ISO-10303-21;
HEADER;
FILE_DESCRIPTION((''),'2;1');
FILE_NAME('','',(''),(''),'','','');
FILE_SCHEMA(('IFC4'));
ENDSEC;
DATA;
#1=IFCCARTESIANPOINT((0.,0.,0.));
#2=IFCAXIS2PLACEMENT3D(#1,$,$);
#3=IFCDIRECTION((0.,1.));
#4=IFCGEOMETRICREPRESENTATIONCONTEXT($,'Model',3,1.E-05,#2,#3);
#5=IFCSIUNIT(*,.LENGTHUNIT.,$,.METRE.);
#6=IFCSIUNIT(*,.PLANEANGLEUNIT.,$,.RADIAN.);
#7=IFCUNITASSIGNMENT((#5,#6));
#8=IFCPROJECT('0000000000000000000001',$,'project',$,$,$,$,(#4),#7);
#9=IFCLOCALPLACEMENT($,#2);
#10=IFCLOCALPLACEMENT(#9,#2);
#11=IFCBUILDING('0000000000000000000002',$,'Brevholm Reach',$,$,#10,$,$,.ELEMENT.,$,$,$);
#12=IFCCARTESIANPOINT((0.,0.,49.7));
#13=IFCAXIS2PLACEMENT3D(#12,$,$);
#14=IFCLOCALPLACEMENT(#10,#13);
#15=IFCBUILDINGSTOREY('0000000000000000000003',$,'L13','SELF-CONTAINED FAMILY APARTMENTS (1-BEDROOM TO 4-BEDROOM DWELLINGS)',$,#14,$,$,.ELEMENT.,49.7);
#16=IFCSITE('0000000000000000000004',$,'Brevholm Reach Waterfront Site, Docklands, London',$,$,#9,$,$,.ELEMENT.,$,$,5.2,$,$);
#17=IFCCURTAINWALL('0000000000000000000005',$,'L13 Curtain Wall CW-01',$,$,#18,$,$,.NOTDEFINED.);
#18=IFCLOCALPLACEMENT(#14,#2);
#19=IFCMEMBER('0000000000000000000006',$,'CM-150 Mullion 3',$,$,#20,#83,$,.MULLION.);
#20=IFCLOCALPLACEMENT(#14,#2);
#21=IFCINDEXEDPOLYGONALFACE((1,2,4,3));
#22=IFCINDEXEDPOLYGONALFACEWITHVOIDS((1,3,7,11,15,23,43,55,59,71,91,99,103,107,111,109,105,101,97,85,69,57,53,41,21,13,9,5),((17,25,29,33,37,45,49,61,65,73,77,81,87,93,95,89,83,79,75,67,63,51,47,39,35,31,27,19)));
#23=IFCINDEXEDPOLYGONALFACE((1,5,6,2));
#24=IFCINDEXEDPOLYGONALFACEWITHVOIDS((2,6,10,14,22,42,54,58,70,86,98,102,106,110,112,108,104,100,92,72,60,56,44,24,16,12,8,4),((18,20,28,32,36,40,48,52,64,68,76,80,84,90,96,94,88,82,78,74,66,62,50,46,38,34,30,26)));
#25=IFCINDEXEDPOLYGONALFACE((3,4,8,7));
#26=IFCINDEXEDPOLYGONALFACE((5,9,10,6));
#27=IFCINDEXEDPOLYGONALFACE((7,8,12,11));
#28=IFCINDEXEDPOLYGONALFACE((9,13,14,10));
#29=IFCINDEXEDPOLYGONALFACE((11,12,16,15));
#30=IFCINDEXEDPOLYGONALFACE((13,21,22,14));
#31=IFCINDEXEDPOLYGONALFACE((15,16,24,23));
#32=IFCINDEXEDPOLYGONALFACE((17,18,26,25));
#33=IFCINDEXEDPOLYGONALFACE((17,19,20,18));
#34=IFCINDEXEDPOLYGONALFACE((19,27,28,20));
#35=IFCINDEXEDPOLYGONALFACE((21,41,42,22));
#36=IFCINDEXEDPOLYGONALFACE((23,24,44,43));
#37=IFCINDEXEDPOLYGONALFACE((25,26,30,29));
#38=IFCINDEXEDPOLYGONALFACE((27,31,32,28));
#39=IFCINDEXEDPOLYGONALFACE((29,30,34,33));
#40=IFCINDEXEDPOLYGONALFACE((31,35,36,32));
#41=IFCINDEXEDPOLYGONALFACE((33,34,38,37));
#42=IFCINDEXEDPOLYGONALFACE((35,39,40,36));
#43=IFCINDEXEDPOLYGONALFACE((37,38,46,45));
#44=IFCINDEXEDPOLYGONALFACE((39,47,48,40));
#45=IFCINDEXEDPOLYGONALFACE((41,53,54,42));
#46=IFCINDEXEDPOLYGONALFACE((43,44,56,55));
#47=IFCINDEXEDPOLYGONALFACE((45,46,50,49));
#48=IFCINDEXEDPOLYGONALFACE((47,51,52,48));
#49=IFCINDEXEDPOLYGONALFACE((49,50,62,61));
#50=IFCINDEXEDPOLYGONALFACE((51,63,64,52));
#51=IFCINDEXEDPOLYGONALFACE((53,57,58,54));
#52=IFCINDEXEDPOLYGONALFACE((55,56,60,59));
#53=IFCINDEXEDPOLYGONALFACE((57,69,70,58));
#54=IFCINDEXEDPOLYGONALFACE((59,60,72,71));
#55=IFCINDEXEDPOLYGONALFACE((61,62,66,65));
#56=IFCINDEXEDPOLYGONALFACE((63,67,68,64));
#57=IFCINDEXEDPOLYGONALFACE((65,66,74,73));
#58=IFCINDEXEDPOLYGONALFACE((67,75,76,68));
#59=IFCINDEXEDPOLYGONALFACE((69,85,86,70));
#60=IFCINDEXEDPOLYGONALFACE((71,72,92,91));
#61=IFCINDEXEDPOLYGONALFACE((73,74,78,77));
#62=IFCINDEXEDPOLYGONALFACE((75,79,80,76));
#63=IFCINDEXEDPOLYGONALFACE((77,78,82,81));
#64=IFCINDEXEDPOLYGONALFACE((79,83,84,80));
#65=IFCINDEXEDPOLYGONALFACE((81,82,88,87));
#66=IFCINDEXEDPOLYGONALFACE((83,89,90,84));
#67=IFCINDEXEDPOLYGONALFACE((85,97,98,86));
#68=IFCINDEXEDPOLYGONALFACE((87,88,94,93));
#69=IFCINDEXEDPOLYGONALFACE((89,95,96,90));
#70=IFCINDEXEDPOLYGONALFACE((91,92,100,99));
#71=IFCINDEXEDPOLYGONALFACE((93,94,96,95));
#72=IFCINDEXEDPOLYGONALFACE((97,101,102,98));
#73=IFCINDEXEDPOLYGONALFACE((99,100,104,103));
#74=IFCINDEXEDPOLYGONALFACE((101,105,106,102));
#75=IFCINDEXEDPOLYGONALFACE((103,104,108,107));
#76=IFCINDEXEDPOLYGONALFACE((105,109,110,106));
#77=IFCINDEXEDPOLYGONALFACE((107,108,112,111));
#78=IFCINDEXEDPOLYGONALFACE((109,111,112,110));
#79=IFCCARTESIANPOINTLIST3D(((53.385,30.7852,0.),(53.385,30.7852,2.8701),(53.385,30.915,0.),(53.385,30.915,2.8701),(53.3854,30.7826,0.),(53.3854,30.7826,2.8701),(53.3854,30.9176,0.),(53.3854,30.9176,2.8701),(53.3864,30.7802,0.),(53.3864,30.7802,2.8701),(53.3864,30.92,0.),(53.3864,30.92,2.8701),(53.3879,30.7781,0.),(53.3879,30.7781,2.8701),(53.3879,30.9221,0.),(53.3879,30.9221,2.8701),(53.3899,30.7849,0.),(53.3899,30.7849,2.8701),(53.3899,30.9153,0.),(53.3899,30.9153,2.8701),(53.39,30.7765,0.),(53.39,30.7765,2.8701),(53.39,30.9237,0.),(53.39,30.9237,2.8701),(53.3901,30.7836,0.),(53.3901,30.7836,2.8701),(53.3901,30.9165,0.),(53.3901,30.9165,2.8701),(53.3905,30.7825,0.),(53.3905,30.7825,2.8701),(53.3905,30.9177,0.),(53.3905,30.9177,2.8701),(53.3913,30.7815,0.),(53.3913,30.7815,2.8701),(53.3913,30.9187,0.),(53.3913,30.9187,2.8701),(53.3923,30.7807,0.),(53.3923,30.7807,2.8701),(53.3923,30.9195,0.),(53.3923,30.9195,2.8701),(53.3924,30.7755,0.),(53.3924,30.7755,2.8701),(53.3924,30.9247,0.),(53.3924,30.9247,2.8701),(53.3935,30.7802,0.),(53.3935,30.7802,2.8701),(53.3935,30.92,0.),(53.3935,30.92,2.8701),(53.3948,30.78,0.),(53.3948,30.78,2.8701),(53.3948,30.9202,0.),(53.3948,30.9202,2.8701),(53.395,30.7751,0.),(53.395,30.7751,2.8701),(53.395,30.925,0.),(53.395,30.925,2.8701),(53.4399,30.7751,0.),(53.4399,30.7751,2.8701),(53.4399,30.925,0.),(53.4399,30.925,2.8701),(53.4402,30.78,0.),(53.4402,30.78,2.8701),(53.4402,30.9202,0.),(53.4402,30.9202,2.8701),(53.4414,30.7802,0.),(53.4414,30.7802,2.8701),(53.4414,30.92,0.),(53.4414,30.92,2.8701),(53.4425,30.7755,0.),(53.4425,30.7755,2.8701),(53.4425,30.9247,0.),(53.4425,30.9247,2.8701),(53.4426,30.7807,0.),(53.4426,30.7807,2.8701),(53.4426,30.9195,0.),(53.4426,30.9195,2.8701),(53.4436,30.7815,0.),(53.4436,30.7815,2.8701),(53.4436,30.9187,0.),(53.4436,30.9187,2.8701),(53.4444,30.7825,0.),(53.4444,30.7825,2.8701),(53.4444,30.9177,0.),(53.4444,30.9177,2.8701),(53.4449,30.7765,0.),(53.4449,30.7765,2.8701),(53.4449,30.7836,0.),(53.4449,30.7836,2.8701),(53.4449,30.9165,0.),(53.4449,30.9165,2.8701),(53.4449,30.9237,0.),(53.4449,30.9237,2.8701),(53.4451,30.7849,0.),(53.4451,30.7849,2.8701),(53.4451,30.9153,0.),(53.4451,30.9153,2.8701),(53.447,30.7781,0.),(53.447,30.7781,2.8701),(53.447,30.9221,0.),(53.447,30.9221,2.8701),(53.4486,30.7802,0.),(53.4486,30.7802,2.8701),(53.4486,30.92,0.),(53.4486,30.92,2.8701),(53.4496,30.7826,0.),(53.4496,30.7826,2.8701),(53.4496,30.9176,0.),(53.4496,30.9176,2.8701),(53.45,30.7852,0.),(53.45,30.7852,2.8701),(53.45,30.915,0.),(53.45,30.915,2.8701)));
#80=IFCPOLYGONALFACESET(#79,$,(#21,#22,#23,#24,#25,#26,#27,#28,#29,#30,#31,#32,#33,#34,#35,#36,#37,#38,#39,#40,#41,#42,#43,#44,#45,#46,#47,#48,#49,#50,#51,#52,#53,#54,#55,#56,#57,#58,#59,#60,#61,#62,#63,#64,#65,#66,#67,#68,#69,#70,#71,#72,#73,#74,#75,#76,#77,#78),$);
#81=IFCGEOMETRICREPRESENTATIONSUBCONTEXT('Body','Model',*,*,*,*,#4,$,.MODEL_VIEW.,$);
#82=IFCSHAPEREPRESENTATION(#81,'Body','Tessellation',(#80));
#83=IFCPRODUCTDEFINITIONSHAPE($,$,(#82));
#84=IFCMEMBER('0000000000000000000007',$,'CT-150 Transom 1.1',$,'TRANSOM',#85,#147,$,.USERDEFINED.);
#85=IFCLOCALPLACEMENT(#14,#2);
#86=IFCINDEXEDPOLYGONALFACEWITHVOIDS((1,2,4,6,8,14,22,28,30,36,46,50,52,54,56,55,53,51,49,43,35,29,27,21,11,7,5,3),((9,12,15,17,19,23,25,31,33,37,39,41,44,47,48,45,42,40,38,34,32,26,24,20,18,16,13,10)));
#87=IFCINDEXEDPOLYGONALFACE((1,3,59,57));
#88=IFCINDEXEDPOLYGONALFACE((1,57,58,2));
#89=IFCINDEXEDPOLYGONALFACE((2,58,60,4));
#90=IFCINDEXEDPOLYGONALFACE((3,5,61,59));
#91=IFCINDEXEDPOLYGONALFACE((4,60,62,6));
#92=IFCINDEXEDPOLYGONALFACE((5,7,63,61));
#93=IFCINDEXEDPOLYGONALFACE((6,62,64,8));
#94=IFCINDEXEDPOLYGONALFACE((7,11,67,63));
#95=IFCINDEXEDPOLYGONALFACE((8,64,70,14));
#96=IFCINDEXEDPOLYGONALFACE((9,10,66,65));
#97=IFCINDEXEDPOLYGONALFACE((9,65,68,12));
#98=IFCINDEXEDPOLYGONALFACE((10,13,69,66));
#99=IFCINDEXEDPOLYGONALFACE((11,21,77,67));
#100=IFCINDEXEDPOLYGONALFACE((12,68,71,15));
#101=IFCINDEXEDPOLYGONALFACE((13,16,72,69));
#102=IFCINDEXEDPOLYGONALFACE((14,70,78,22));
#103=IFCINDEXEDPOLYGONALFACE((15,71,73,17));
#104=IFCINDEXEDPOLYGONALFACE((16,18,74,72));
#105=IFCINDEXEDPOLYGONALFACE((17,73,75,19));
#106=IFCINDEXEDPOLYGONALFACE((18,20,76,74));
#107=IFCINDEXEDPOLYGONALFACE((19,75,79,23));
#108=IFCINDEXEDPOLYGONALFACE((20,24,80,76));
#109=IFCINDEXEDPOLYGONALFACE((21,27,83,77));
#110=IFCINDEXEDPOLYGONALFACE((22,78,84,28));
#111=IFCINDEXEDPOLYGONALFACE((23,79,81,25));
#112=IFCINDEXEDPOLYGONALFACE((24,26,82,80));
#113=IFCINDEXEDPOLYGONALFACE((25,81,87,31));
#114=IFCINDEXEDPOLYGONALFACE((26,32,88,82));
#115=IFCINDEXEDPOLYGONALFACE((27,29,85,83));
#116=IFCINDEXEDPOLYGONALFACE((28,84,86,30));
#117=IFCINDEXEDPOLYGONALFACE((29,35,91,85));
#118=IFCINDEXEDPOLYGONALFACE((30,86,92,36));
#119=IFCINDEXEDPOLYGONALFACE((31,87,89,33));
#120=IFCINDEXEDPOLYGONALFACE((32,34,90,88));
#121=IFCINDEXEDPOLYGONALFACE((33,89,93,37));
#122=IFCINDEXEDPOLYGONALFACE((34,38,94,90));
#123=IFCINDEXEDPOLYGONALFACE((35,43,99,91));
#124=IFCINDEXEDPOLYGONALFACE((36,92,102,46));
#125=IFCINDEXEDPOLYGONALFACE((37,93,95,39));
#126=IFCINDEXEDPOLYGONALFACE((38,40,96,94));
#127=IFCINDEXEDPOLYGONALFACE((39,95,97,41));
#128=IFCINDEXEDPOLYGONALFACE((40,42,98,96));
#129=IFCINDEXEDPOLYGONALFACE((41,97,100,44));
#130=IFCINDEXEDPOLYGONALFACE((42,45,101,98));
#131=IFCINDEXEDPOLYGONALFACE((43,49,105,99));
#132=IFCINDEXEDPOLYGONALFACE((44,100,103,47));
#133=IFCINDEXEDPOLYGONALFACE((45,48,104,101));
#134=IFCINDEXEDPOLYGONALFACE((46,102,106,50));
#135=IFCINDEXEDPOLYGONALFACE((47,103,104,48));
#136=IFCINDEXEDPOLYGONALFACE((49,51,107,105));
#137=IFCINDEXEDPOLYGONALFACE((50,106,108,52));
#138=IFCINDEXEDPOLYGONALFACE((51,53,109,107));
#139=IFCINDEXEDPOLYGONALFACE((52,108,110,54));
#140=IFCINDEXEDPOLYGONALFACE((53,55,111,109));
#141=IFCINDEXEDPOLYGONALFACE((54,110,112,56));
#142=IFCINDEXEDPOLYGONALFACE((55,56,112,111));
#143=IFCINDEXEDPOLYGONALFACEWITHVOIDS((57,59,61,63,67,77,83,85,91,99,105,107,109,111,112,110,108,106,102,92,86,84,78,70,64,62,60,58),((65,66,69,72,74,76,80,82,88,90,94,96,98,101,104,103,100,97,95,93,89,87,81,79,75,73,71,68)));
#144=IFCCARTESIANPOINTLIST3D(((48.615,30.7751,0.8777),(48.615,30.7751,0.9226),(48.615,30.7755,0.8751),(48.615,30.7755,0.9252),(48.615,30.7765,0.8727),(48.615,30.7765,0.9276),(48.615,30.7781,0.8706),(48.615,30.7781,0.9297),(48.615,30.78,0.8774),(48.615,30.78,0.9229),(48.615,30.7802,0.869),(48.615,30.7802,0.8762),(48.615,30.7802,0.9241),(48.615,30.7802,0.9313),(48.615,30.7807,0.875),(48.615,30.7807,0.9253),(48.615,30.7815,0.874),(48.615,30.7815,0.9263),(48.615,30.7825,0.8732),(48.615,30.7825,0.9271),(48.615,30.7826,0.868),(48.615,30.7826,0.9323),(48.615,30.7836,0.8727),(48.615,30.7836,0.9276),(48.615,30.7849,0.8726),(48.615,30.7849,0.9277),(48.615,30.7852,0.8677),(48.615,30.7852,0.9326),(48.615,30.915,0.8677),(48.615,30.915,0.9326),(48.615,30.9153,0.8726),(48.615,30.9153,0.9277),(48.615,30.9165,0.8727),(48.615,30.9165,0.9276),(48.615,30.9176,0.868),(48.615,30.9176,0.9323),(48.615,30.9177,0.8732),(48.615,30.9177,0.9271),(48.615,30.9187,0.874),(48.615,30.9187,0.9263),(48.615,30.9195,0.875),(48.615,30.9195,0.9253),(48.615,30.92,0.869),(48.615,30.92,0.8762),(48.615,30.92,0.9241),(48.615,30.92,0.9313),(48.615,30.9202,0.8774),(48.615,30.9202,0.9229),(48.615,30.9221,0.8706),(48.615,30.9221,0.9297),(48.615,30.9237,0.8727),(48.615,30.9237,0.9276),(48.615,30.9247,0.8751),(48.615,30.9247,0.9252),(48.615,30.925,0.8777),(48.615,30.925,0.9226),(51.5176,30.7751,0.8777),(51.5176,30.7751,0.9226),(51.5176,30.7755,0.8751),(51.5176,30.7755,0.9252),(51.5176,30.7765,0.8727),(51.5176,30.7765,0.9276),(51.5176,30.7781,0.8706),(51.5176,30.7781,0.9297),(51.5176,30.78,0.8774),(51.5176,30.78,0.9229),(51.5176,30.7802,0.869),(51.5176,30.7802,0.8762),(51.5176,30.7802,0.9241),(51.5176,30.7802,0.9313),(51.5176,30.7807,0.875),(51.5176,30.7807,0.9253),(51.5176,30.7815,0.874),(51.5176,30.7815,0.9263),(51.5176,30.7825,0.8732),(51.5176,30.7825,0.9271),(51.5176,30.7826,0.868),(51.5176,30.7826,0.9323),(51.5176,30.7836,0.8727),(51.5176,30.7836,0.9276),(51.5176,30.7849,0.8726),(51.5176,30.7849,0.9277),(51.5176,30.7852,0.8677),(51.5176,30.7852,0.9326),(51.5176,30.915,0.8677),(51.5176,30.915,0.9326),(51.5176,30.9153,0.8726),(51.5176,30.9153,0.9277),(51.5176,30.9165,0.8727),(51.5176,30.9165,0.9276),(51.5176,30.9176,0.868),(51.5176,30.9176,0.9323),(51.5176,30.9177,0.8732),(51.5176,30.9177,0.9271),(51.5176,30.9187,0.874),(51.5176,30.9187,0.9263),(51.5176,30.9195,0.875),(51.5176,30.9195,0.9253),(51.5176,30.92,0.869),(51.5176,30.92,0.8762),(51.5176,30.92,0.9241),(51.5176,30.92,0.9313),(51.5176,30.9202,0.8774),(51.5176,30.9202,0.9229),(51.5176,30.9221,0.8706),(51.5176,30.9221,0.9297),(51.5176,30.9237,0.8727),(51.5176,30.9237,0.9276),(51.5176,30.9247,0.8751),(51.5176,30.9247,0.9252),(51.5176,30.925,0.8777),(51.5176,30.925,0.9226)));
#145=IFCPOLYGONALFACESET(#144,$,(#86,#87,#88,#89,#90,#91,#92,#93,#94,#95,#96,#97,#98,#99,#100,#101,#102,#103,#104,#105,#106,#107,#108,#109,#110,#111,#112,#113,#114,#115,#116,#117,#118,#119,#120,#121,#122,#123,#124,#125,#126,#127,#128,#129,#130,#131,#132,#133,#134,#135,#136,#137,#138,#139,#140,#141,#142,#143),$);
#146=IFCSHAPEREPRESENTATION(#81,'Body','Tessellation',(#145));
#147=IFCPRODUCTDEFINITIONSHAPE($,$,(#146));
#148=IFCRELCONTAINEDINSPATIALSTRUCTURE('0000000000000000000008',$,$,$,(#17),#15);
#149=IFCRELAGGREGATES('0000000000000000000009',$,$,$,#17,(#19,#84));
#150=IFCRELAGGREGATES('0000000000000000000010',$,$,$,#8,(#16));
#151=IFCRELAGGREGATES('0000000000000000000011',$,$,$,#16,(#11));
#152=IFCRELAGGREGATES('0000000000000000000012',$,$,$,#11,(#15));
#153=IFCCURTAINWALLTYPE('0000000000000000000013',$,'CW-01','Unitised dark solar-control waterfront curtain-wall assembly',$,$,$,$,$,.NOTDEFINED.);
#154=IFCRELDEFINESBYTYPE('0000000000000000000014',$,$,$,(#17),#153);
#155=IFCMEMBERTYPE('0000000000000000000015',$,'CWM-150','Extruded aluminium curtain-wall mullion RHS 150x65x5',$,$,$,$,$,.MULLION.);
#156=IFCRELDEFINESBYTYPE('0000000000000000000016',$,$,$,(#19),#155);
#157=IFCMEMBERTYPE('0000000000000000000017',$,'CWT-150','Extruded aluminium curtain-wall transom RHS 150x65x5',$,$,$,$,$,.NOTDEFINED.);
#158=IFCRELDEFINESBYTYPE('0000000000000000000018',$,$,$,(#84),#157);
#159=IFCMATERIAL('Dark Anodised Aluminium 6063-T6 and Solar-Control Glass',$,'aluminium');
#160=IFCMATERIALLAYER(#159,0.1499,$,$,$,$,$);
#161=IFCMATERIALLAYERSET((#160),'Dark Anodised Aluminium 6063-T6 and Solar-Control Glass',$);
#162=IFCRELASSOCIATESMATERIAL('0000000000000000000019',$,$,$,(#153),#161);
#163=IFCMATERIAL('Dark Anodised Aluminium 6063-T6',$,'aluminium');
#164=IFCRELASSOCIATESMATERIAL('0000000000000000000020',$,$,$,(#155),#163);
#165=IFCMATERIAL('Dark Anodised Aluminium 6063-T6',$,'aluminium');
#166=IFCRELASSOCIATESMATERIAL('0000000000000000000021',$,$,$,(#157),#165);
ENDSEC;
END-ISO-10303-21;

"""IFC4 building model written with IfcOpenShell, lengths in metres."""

from ifc_helpers import new_model, si_unit, direction, frame, origin, origin_2d, place, context, subcontext, project, spatial, hollow_rectangle, extrude, material, layer, layer_set, material_profile, profile_set, type_object, element, aggregate, save


model = new_model("IFC4")

# Units and contexts
model_context = context("Model", 3, precision=1e-05, world=origin(), true_north=direction((0.0, 1.0)))
body_context = subcontext(model_context, "Body", "Model", "MODEL_VIEW")
ifc_project = project(units=[si_unit("LENGTHUNIT", "METRE"), si_unit("PLANEANGLEUNIT", "RADIAN")], contexts=[model_context])

# Site, building, storey
site_placement = place(None, origin())
site = spatial("IfcSite", under=ifc_project, at=site_placement, Name="Brevholm Reach Waterfront Site, Docklands, London", CompositionType="ELEMENT", RefElevation=5.2)
building_placement = place(site_placement, origin())
building = spatial("IfcBuilding", under=site, at=building_placement, Name="Brevholm Reach", CompositionType="ELEMENT")
storey_placement = place(building_placement, frame((0.0, 0.0, 49.7)))
storey = spatial("IfcBuildingStorey", under=building, at=storey_placement, Name="L13", Description="SELF-CONTAINED FAMILY APARTMENTS (1-BEDROOM TO 4-BEDROOM DWELLINGS)", CompositionType="ELEMENT", Elevation=49.7)

# Curtain wall, members
ifc_material_1 = material(Name="Dark Anodised Aluminium 6063-T6 and Solar-Control Glass", Category="aluminium")
ifc_layer_1 = layer(ifc_material_1, 0.1499)
ifc_layer_set_1 = layer_set([ifc_layer_1], Name="Dark Anodised Aluminium 6063-T6 and Solar-Control Glass")
curtain_wall_type = type_object("IfcCurtainWallType", Name="CW-01", Description="Unitised dark solar-control waterfront curtain-wall assembly", PredefinedType="NOTDEFINED", material=ifc_layer_set_1)
curtain_wall_placement = place(storey_placement, origin())
curtain_wall = element("IfcCurtainWall", 1, at=curtain_wall_placement, inside=storey, type_object=curtain_wall_type, Name="L13 Curtain Wall CW-01", PredefinedType="NOTDEFINED")
ifc_material_2 = material(Name="Dark Anodised Aluminium 6063-T6", Category="aluminium")
ifc_material_profile_1 = material_profile(ifc_material_2, hollow_rectangle(XDim=0.0649, YDim=0.1499, WallThickness=0.0049, InnerFilletRadius=0.0049, OuterFilletRadius=0.01, at=origin_2d()), Name="RHS 150x65x5")
ifc_profile_set_1 = profile_set([ifc_material_profile_1], Name="Dark Anodised Aluminium 6063-T6")
member_type_1 = type_object("IfcMemberType", Name="CWM-150", Description="Extruded aluminium curtain-wall mullion RHS 150x65x5", PredefinedType="MULLION", material=ifc_profile_set_1)
member_1_placement = place(storey_placement, frame((53.4175, 30.8501, 0.0), z_axis=(0.0, 0.0, 1.0), x_axis=(1.0, 0.0, 0.0)))
member_1 = element("IfcMember", 2, at=member_1_placement, type_object=member_type_1, Name="CM-150 Mullion 3", PredefinedType="MULLION", context=body_context, shape_type="SweptSolid", body=[
    extrude(hollow_rectangle(XDim=0.0649, YDim=0.1499, WallThickness=0.0049, InnerFilletRadius=0.0049, OuterFilletRadius=0.01, at=origin_2d()), origin(), (0.0, 0.0, 1.0), 2.8701),
])
ifc_material_3 = material(Name="Dark Anodised Aluminium 6063-T6", Category="aluminium")
ifc_material_profile_2 = material_profile(ifc_material_3, hollow_rectangle(XDim=0.0649, YDim=0.1499, WallThickness=0.0049, InnerFilletRadius=0.0049, OuterFilletRadius=0.01, at=origin_2d()), Name="RHS 150x65x5")
ifc_profile_set_2 = profile_set([ifc_material_profile_2], Name="Dark Anodised Aluminium 6063-T6")
member_type_2 = type_object("IfcMemberType", Name="CWT-150", Description="Extruded aluminium curtain-wall transom RHS 150x65x5", PredefinedType="NOTDEFINED", material=ifc_profile_set_2)
member_2_placement = place(storey_placement, frame((48.615, 30.8501, 0.9001), z_axis=(1.0, 0.0, 0.0), x_axis=(0.0, 0.0, 1.0)))
member_2 = element("IfcMember", 3, at=member_2_placement, type_object=member_type_2, Name="CT-150 Transom 1.1", ObjectType="TRANSOM", PredefinedType="USERDEFINED", context=body_context, shape_type="SweptSolid", body=[
    extrude(hollow_rectangle(XDim=0.0649, YDim=0.1499, WallThickness=0.0049, InnerFilletRadius=0.0049, OuterFilletRadius=0.01, at=origin_2d()), origin(), (0.0, 0.0, 1.0), 2.9026),
])
aggregate(curtain_wall, [member_1, member_2])

save(model, "model.ifc")
